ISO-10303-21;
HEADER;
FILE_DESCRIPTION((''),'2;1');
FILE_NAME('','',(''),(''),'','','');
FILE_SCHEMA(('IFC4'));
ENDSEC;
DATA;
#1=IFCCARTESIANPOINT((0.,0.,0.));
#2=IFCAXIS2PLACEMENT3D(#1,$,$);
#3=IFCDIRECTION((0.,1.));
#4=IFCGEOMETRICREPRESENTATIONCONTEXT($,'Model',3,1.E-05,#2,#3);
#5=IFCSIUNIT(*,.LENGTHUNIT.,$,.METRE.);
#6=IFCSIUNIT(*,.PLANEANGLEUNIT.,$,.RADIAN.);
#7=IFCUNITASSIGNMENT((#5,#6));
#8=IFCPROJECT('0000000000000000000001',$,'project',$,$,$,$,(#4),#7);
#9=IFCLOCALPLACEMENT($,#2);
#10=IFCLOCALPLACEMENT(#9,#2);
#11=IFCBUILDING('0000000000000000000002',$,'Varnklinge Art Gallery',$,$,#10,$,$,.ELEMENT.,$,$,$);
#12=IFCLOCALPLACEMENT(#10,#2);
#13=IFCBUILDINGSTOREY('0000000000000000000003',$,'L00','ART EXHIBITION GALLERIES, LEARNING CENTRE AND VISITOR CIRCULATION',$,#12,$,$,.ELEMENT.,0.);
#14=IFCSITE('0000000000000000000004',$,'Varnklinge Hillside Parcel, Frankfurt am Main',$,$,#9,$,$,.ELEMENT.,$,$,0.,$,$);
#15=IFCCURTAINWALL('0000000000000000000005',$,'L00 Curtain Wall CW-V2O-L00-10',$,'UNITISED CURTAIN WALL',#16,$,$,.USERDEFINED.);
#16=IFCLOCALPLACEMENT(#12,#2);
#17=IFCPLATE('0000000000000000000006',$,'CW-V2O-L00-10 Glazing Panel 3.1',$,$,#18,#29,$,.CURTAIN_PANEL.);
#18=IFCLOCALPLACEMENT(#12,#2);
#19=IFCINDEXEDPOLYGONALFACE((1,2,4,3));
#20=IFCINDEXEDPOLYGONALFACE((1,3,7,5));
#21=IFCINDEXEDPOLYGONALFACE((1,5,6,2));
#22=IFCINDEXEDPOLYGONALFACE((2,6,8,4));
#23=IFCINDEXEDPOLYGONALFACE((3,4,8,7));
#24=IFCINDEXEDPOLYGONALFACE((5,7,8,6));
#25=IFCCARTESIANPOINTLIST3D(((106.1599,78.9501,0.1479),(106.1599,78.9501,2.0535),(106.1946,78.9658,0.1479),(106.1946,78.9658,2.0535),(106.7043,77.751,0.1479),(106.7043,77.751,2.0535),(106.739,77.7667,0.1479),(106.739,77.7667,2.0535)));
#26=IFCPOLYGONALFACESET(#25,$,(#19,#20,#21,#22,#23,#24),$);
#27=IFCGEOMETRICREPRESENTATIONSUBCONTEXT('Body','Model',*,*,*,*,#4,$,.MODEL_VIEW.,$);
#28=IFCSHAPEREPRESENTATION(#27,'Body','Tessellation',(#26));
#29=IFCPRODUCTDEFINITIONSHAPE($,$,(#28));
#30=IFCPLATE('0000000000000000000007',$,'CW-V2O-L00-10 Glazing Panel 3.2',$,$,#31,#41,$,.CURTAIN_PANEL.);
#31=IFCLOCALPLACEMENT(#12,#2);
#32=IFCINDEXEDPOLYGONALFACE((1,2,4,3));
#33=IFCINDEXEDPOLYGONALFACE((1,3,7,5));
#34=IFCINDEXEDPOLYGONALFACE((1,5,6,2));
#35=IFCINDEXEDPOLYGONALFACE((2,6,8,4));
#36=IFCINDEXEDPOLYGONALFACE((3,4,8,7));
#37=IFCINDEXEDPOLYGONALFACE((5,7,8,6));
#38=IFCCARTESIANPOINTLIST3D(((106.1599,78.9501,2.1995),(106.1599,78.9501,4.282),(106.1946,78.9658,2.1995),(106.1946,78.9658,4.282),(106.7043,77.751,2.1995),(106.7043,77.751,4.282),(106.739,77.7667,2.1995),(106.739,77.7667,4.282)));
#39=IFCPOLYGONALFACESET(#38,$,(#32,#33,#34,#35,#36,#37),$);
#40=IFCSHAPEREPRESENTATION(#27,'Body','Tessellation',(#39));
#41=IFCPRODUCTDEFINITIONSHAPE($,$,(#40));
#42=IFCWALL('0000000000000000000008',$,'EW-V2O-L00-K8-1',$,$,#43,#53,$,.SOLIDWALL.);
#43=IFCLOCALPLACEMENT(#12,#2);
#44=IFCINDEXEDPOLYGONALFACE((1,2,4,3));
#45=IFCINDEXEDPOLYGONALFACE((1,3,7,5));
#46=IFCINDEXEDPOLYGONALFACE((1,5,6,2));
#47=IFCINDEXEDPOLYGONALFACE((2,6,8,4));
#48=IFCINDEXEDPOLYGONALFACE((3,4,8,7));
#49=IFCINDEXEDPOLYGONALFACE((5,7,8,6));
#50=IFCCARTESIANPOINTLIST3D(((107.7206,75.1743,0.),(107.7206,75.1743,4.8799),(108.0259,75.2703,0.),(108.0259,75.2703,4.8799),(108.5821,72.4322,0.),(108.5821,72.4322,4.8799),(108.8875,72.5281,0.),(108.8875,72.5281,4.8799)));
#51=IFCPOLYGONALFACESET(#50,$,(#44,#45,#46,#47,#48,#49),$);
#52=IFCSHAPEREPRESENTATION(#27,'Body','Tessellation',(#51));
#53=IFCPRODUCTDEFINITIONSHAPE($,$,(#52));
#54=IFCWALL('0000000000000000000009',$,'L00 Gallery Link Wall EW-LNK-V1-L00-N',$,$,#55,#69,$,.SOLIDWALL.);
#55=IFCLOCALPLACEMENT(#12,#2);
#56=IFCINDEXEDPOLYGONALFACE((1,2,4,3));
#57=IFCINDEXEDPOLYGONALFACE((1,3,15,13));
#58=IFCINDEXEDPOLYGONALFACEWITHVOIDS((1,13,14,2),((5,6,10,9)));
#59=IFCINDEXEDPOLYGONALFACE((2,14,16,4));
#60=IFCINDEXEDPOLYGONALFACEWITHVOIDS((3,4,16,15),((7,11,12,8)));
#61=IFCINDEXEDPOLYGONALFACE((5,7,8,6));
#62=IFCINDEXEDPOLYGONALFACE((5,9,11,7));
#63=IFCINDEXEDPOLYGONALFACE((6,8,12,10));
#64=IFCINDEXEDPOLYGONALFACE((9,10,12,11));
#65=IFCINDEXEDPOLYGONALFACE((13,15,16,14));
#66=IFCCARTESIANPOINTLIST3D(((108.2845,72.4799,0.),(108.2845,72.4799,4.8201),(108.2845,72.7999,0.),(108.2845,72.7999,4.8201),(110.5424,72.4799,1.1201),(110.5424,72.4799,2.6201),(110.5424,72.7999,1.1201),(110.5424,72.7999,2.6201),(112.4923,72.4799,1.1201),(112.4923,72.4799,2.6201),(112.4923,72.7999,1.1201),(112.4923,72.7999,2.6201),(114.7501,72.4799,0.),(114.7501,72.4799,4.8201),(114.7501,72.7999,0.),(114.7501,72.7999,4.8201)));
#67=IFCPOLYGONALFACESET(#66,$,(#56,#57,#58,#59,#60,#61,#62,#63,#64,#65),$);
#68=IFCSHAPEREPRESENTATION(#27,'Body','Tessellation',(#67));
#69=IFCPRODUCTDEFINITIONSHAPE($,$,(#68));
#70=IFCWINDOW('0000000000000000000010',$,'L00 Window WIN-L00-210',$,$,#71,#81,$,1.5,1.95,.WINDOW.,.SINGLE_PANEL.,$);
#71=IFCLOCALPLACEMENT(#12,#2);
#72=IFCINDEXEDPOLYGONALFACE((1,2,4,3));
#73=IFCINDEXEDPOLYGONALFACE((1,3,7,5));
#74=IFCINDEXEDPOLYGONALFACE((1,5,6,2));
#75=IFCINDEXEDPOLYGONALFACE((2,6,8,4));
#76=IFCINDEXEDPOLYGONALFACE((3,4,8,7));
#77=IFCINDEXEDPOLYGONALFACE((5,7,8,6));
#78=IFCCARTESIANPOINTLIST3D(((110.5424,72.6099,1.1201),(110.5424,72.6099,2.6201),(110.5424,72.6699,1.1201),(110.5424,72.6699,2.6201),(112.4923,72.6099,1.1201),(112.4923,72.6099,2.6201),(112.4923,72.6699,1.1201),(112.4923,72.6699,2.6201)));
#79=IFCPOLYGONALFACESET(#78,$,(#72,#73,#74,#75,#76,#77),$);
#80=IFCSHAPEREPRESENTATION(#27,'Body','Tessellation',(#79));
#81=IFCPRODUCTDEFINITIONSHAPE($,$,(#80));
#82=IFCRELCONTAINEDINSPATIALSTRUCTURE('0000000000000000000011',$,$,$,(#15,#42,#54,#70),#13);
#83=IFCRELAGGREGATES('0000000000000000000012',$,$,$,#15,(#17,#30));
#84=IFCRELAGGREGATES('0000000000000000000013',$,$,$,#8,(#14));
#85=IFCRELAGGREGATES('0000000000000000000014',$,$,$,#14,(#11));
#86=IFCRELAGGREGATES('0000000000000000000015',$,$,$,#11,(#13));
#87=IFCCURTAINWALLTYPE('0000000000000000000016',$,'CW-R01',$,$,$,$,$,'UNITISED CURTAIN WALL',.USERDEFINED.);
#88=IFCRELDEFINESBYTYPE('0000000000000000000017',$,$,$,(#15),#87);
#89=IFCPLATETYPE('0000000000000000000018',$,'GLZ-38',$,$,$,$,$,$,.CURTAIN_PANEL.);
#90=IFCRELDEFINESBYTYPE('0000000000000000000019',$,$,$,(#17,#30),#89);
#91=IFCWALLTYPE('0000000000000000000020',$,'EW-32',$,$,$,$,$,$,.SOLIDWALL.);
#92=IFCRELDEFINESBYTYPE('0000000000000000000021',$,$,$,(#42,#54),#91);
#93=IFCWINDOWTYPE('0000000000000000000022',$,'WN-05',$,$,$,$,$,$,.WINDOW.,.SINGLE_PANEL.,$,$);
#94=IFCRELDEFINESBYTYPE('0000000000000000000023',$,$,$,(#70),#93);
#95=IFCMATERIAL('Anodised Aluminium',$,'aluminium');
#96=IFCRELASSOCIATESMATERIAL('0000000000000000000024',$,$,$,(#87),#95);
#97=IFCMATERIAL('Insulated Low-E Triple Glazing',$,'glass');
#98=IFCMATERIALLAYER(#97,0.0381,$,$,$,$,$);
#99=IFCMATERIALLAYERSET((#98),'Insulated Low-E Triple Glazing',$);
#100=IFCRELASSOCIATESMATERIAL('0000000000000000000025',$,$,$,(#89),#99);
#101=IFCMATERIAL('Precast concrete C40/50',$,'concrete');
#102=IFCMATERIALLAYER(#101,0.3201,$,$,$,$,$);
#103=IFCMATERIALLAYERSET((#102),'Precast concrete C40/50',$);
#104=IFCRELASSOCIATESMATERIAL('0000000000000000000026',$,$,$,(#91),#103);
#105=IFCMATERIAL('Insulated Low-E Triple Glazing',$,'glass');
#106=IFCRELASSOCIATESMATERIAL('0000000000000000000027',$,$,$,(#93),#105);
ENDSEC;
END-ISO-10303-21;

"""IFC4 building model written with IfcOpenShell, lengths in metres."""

from ifc_helpers import new_model, si_unit, direction, frame, frame_2d, origin, origin_2d, place, context, subcontext, project, spatial, rectangle, extrude, material, layer, layer_set, type_object, element, fill, aggregate, save


model = new_model("IFC4")

# Units and contexts
model_context = context("Model", 3, precision=1e-05, world=origin(), true_north=direction((0.0, 1.0)))
body_context = subcontext(model_context, "Body", "Model", "MODEL_VIEW")
ifc_project = project(units=[si_unit("LENGTHUNIT", "METRE"), si_unit("PLANEANGLEUNIT", "RADIAN")], contexts=[model_context])

# Site, building, storey
site_placement = place(None, origin())
site = spatial("IfcSite", under=ifc_project, at=site_placement, Name="Varnklinge Hillside Parcel, Frankfurt am Main", CompositionType="ELEMENT", RefElevation=0.0)
building_placement = place(site_placement, origin())
building = spatial("IfcBuilding", under=site, at=building_placement, Name="Varnklinge Art Gallery", CompositionType="ELEMENT")
storey_placement = place(building_placement, origin())
storey = spatial("IfcBuildingStorey", under=building, at=storey_placement, Name="L00", Description="ART EXHIBITION GALLERIES, LEARNING CENTRE AND VISITOR CIRCULATION", CompositionType="ELEMENT", Elevation=0.0)

# Curtain wall
ifc_material_1 = material(Name="Anodised Aluminium", Category="aluminium")
curtain_wall_type = type_object("IfcCurtainWallType", Name="CW-R01", ElementType="UNITISED CURTAIN WALL", PredefinedType="USERDEFINED", material=ifc_material_1)
curtain_wall_placement = place(storey_placement, origin())
curtain_wall = element("IfcCurtainWall", 1, at=curtain_wall_placement, inside=storey, type_object=curtain_wall_type, Name="L00 Curtain Wall CW-V2O-L00-10", ObjectType="UNITISED CURTAIN WALL", PredefinedType="USERDEFINED")

# Plates
ifc_material_2 = material(Name="Insulated Low-E Triple Glazing", Category="glass")
ifc_layer_1 = layer(ifc_material_2, 0.0381)
ifc_layer_set_1 = layer_set([ifc_layer_1], Name="Insulated Low-E Triple Glazing")
plate_type = type_object("IfcPlateType", Name="GLZ-38", PredefinedType="CURTAIN_PANEL", material=ifc_layer_set_1)
plate_1_placement = place(storey_placement, frame((106.4495, 78.3584, 0.1479), z_axis=(0.0, 0.0, 1.0), x_axis=(-0.413422, 0.910539, 0.0)))
plate_1 = element("IfcPlate", 2, at=plate_1_placement, type_object=plate_type, Name="CW-V2O-L00-10 Glazing Panel 3.1", PredefinedType="CURTAIN_PANEL", context=body_context, shape_type="SweptSolid", body=[
    extrude(rectangle(XDim=1.3169, YDim=0.0381, at=origin_2d()), origin(), (0.0, 0.0, 1.0), 1.9055),
])
plate_2_placement = place(storey_placement, frame((106.4495, 78.3584, 2.1995), z_axis=(0.0, 0.0, 1.0), x_axis=(-0.413422, 0.910539, 0.0)))
plate_2 = element("IfcPlate", 3, at=plate_2_placement, type_object=plate_type, Name="CW-V2O-L00-10 Glazing Panel 3.2", PredefinedType="CURTAIN_PANEL", context=body_context, shape_type="SweptSolid", body=[
    extrude(rectangle(XDim=1.3169, YDim=0.0381, at=origin_2d()), origin(), (0.0, 0.0, 1.0), 2.0825),
])
aggregate(curtain_wall, [plate_1, plate_2])

# Wall
ifc_material_3 = material(Name="Precast concrete C40/50", Category="concrete")
ifc_layer_2 = layer(ifc_material_3, 0.3201)
ifc_layer_set_2 = layer_set([ifc_layer_2], Name="Precast concrete C40/50")
wall_type = type_object("IfcWallType", Name="EW-32", PredefinedType="SOLIDWALL", material=ifc_layer_set_2)
wall_1_placement = place(storey_placement, frame((107.8733, 75.2222, 0.0), z_axis=(0.0, 0.0, 1.0), x_axis=(0.299745, -0.954019, 0.0)))
element("IfcWall", 4, at=wall_1_placement, inside=storey, type_object=wall_type, Name="EW-V2O-L00-K8-1", PredefinedType="SOLIDWALL", context=body_context, shape_type="SweptSolid", body=[
    extrude(rectangle(XDim=2.8743, YDim=0.3201, at=frame_2d((1.437, 0.0))), origin(), (0.0, 0.0, 1.0), 4.8799),
])

# Wall, opening, window
wall_2_placement = place(storey_placement, frame((108.2844, 72.6399, 0.0), z_axis=(0.0, 0.0, 1.0), x_axis=(1.0, 0.0, 0.0)))
wall_2 = element("IfcWall", 5, at=wall_2_placement, inside=storey, type_object=wall_type, Name="L00 Gallery Link Wall EW-LNK-V1-L00-N", PredefinedType="SOLIDWALL", context=body_context, shape_type="SweptSolid", body=[
    extrude(rectangle(XDim=6.4656, YDim=0.3201, at=frame_2d((3.2329, 0.0))), origin(), (0.0, 0.0, 1.0), 4.8201),
])
opening_placement = place(wall_2_placement, frame((2.2578, 0.0, 1.1201)))
opening = element("IfcOpeningElement", 6, at=opening_placement, cuts=wall_2, PredefinedType="OPENING", context=body_context, shape_type="SweptSolid", body=[
    extrude(rectangle(XDim=1.95, YDim=1.5, at=frame_2d((0.9751, 0.75))), frame((0.0, 0.1702, 0.0), z_axis=(0.0, -1.0, 0.0), x_axis=(1.0, 0.0, 0.0)), (0.0, 0.0, 1.0), 0.3401),
])
ifc_material_4 = material(Name="Insulated Low-E Triple Glazing", Category="glass")
window_type = type_object("IfcWindowType", Name="WN-05", PartitioningType="SINGLE_PANEL", PredefinedType="WINDOW", material=ifc_material_4)
window_placement = place(opening_placement, origin())
window = element("IfcWindow", 7, at=window_placement, inside=storey, type_object=window_type, Name="L00 Window WIN-L00-210", OverallHeight=1.5, OverallWidth=1.95, PartitioningType="SINGLE_PANEL", PredefinedType="WINDOW", context=body_context, shape_type="SweptSolid", body=[
    extrude(rectangle(XDim=1.95, YDim=1.5, at=frame_2d((0.9751, 0.75))), frame((0.0, 0.03, 0.0), z_axis=(0.0, -1.0, 0.0), x_axis=(1.0, 0.0, 0.0)), (0.0, 0.0, 1.0), 0.0601),
])
fill(opening, window)

save(model, "model.ifc")
